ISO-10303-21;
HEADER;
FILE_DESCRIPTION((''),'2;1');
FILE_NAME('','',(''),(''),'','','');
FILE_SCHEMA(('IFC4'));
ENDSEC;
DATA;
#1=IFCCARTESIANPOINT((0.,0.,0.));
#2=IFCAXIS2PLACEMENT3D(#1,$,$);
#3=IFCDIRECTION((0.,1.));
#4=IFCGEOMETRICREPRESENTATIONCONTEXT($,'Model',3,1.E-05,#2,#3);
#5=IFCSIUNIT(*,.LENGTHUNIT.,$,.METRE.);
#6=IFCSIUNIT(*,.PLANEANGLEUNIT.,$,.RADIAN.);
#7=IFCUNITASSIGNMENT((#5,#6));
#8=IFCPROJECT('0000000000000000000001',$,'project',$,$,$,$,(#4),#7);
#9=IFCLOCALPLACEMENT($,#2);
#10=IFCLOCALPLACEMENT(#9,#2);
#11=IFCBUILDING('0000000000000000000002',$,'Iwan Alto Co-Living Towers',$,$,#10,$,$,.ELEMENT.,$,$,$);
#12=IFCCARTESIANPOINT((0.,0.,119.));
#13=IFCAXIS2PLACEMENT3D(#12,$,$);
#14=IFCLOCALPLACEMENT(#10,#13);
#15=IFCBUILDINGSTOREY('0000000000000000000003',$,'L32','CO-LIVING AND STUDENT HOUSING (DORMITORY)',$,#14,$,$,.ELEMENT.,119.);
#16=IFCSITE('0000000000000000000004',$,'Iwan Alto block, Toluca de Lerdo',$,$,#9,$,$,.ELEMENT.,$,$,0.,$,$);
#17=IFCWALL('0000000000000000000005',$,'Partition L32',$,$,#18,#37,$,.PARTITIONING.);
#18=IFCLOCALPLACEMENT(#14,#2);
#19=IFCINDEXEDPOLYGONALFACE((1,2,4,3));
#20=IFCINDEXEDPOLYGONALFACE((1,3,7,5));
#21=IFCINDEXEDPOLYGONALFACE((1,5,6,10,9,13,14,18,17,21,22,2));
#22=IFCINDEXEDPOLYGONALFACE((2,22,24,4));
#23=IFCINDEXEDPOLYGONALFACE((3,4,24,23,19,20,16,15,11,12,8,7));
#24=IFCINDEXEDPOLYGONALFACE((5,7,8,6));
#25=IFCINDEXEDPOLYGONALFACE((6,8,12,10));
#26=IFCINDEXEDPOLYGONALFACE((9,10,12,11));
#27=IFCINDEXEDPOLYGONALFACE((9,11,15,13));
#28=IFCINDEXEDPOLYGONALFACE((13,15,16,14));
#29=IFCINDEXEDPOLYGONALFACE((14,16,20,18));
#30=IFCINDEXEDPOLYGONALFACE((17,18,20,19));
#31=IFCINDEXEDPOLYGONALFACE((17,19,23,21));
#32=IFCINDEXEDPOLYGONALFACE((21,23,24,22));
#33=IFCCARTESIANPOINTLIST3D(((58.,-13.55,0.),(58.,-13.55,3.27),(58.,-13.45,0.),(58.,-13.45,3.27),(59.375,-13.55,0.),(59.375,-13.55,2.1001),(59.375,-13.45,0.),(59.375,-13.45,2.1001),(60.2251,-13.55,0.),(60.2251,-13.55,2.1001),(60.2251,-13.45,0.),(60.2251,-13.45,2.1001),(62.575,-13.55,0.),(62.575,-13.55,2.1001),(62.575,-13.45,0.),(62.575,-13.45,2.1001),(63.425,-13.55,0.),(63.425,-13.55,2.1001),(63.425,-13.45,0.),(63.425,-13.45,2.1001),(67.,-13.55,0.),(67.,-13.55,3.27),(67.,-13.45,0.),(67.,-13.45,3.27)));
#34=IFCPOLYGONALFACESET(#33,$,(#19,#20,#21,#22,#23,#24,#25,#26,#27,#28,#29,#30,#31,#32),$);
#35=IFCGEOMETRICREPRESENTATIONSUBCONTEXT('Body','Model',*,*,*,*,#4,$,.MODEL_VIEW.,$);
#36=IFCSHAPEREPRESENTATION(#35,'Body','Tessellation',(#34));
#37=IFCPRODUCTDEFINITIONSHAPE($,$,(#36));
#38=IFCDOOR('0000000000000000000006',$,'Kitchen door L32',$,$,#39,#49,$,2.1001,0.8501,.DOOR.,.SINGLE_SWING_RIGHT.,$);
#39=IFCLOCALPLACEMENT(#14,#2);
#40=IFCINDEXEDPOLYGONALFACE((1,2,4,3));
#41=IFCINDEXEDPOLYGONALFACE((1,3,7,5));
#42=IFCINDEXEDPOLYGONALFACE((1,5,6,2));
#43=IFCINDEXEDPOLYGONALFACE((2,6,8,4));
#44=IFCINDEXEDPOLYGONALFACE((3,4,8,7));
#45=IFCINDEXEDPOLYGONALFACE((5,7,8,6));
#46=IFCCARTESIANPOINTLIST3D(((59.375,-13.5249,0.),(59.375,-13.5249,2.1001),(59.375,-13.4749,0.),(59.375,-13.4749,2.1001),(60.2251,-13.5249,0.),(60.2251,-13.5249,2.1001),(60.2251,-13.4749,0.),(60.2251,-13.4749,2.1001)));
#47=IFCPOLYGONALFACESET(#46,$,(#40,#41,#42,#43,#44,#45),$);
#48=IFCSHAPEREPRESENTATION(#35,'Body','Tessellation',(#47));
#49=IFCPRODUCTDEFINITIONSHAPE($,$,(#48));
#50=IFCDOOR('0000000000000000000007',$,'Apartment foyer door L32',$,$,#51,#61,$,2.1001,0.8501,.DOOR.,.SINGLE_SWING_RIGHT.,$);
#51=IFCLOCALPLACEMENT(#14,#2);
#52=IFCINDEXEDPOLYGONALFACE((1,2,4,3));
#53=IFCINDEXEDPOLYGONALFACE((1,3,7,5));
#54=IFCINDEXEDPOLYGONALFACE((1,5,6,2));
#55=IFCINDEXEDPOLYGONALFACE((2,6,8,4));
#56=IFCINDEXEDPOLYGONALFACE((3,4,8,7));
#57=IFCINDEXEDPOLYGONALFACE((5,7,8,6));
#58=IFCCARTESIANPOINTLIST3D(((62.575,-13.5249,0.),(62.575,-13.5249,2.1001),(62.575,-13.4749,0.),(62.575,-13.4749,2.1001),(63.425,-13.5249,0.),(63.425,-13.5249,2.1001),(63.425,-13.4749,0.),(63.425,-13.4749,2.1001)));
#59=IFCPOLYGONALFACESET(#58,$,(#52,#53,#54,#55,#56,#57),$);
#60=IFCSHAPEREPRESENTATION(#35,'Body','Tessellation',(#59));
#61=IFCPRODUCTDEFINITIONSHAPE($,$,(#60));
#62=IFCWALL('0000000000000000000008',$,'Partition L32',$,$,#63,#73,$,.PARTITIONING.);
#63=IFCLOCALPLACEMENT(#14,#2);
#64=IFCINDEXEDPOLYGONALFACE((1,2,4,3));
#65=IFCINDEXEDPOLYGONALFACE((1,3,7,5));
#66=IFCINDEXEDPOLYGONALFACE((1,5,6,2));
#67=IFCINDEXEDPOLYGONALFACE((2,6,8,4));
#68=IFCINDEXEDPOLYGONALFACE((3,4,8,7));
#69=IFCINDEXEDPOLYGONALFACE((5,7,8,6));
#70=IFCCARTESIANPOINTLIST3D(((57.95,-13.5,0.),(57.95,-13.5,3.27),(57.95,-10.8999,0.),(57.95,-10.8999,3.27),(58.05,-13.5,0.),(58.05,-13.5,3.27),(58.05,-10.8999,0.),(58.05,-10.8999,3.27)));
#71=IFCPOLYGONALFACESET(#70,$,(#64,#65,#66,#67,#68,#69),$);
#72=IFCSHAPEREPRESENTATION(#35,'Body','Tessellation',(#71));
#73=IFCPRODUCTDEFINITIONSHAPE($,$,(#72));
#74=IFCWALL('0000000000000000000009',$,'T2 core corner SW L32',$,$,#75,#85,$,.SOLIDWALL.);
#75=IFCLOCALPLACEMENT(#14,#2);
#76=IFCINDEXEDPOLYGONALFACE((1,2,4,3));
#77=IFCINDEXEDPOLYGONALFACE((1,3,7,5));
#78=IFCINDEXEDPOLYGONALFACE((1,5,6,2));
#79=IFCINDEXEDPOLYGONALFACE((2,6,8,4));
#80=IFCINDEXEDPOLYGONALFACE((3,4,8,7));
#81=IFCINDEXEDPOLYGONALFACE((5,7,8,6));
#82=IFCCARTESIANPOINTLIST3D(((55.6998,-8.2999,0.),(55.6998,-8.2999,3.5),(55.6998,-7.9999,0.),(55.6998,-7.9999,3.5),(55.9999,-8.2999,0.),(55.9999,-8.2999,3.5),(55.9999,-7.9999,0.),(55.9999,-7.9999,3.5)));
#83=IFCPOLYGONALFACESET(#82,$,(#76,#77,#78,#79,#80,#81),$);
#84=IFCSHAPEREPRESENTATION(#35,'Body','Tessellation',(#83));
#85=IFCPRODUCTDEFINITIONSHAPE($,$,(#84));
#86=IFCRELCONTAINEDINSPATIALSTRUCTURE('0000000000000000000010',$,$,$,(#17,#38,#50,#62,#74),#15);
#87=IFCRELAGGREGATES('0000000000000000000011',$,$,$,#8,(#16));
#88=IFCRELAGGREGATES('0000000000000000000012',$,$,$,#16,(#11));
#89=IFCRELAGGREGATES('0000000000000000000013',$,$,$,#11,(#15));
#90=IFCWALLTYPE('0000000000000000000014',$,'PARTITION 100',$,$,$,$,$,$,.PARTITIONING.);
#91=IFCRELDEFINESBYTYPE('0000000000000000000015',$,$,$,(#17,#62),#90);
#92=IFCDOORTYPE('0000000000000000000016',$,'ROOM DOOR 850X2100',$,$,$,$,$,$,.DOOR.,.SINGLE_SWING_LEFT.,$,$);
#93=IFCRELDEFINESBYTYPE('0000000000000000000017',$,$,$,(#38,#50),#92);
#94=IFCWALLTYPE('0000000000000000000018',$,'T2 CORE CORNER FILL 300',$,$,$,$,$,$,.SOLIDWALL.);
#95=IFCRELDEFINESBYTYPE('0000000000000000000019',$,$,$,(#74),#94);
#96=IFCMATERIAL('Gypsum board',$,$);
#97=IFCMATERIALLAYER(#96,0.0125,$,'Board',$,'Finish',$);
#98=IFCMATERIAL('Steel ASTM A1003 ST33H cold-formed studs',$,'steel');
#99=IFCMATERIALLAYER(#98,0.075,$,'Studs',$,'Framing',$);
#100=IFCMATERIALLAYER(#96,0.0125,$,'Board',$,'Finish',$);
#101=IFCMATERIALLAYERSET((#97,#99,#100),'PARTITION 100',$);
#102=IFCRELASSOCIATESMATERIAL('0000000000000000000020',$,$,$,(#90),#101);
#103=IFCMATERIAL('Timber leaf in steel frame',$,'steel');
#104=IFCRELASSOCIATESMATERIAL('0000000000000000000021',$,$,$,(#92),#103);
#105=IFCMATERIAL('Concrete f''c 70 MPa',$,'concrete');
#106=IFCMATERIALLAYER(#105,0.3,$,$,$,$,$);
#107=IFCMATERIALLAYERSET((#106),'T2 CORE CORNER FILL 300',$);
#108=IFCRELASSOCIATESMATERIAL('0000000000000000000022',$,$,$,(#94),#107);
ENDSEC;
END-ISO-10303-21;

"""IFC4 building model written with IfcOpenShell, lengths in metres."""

from ifc_helpers import new_model, si_unit, direction, frame, frame_2d, origin, place, context, subcontext, project, spatial, rectangle, extrude, material, layer, layer_set, type_object, element, fill, save


model = new_model("IFC4")

# Units and contexts
model_context = context("Model", 3, precision=1e-05, world=origin(), true_north=direction((0.0, 1.0)))
body_context = subcontext(model_context, "Body", "Model", "MODEL_VIEW")
ifc_project = project(units=[si_unit("LENGTHUNIT", "METRE"), si_unit("PLANEANGLEUNIT", "RADIAN")], contexts=[model_context])

# Site, building, storey
site_placement = place(None, origin())
site = spatial("IfcSite", under=ifc_project, at=site_placement, Name="Iwan Alto block, Toluca de Lerdo", CompositionType="ELEMENT", RefElevation=0.0)
building_placement = place(site_placement, origin())
building = spatial("IfcBuilding", under=site, at=building_placement, Name="Iwan Alto Co-Living Towers", CompositionType="ELEMENT")
storey_placement = place(building_placement, frame((0.0, 0.0, 119.0)))
storey = spatial("IfcBuildingStorey", under=building, at=storey_placement, Name="L32", Description="CO-LIVING AND STUDENT HOUSING (DORMITORY)", CompositionType="ELEMENT", Elevation=119.0)

# Shared definitions
ifc_material_1 = material(Name="Gypsum board")
ifc_material_2 = material(Name="Steel ASTM A1003 ST33H cold-formed studs", Category="steel")

# Wall, openings, doors
ifc_layer_1 = layer(ifc_material_1, 0.0125, Name="Board", Category="Finish")
ifc_layer_2 = layer(ifc_material_2, 0.075, Name="Studs", Category="Framing")
ifc_layer_3 = layer(ifc_material_1, 0.0125, Name="Board", Category="Finish")
ifc_layer_set_1 = layer_set([ifc_layer_1, ifc_layer_2, ifc_layer_3], Name="PARTITION 100")
wall_type_1 = type_object("IfcWallType", Name="PARTITION 100", PredefinedType="PARTITIONING", material=ifc_layer_set_1)
wall_1_placement = place(storey_placement, frame((58.0, -13.5, 0.0), z_axis=(0.0, 0.0, 1.0), x_axis=(1.0, 0.0, 0.0)))
wall_1 = element("IfcWall", 1, at=wall_1_placement, inside=storey, type_object=wall_type_1, Name="Partition L32", PredefinedType="PARTITIONING", context=body_context, shape_type="SweptSolid", body=[
    extrude(rectangle(XDim=9.0, YDim=0.1001, at=frame_2d((4.5, 0.0))), origin(), (0.0, 0.0, 1.0), 3.27),
])
opening_1_placement = place(wall_1_placement, frame((1.375, 0.0, 0.0)))
opening_1 = element("IfcOpeningElement", 2, at=opening_1_placement, cuts=wall_1, PredefinedType="OPENING", context=body_context, shape_type="SweptSolid", body=[
    extrude(rectangle(XDim=0.8501, YDim=2.1001, at=frame_2d((0.425, 1.05))), frame((0.0, 0.0601, 0.0), z_axis=(0.0, -1.0, 0.0), x_axis=(1.0, 0.0, 0.0)), (0.0, 0.0, 1.0), 0.1201),
])
opening_2_placement = place(wall_1_placement, frame((4.575, 0.0, 0.0)))
opening_2 = element("IfcOpeningElement", 3, at=opening_2_placement, cuts=wall_1, PredefinedType="OPENING", context=body_context, shape_type="SweptSolid", body=[
    extrude(rectangle(XDim=0.8501, YDim=2.1001, at=frame_2d((0.425, 1.05))), frame((0.0, 0.0601, 0.0), z_axis=(0.0, -1.0, 0.0), x_axis=(1.0, 0.0, 0.0)), (0.0, 0.0, 1.0), 0.1201),
])
ifc_material_3 = material(Name="Timber leaf in steel frame", Category="steel")
door_type_1 = type_object("IfcDoorType", Name="ROOM DOOR 850X2100", OperationType="SINGLE_SWING_LEFT", PredefinedType="DOOR", material=ifc_material_3)
door_1_placement = place(opening_1_placement, frame((0.8501, 0.0, 0.0), z_axis=(0.0, 0.0, 1.0), x_axis=(-1.0, 0.0, 0.0)))
door_1 = element("IfcDoor", 4, at=door_1_placement, inside=storey, type_object=door_type_1, Name="Kitchen door L32", OperationType="SINGLE_SWING_RIGHT", OverallHeight=2.1001, OverallWidth=0.8501, PredefinedType="DOOR", context=body_context, shape_type="SweptSolid", body=[
    extrude(rectangle(XDim=0.8501, YDim=2.1001, at=frame_2d((0.425, 1.05))), frame((0.0, 0.0249, 0.0), z_axis=(0.0, -1.0, 0.0), x_axis=(1.0, 0.0, 0.0)), (0.0, 0.0, 1.0), 0.05),
])
fill(opening_1, door_1)
door_2_placement = place(opening_2_placement, frame((0.8501, 0.0, 0.0), z_axis=(0.0, 0.0, 1.0), x_axis=(-1.0, 0.0, 0.0)))
door_2 = element("IfcDoor", 5, at=door_2_placement, inside=storey, type_object=door_type_1, Name="Apartment foyer door L32", OperationType="SINGLE_SWING_RIGHT", OverallHeight=2.1001, OverallWidth=0.8501, PredefinedType="DOOR", context=body_context, shape_type="SweptSolid", body=[
    extrude(rectangle(XDim=0.8501, YDim=2.1001, at=frame_2d((0.425, 1.05))), frame((0.0, 0.0249, 0.0), z_axis=(0.0, -1.0, 0.0), x_axis=(1.0, 0.0, 0.0)), (0.0, 0.0, 1.0), 0.05),
])
fill(opening_2, door_2)

# Walls
wall_2_placement = place(storey_placement, frame((58.0, -13.5, 0.0), z_axis=(0.0, 0.0, 1.0), x_axis=(0.0, 1.0, 0.0)))
element("IfcWall", 6, at=wall_2_placement, inside=storey, type_object=wall_type_1, Name="Partition L32", PredefinedType="PARTITIONING", context=body_context, shape_type="SweptSolid", body=[
    extrude(rectangle(XDim=2.6001, YDim=0.1001, at=frame_2d((1.3, 0.0))), origin(), (0.0, 0.0, 1.0), 3.27),
])
ifc_material_4 = material(Name="Concrete f'c 70 MPa", Category="concrete")
ifc_layer_4 = layer(ifc_material_4, 0.3)
ifc_layer_set_2 = layer_set([ifc_layer_4], Name="T2 CORE CORNER FILL 300")
wall_type_2 = type_object("IfcWallType", Name="T2 CORE CORNER FILL 300", PredefinedType="SOLIDWALL", material=ifc_layer_set_2)
wall_3_placement = place(storey_placement, frame((55.7, -8.1499, 0.0), z_axis=(0.0, 0.0, 1.0), x_axis=(1.0, 0.0, 0.0)))
element("IfcWall", 7, at=wall_3_placement, inside=storey, type_object=wall_type_2, Name="T2 core corner SW L32", PredefinedType="SOLIDWALL", context=body_context, shape_type="SweptSolid", body=[
    extrude(rectangle(XDim=0.3, YDim=0.3, at=frame_2d((0.1499, 0.0))), origin(), (0.0, 0.0, 1.0), 3.5),
])

save(model, "model.ifc")
